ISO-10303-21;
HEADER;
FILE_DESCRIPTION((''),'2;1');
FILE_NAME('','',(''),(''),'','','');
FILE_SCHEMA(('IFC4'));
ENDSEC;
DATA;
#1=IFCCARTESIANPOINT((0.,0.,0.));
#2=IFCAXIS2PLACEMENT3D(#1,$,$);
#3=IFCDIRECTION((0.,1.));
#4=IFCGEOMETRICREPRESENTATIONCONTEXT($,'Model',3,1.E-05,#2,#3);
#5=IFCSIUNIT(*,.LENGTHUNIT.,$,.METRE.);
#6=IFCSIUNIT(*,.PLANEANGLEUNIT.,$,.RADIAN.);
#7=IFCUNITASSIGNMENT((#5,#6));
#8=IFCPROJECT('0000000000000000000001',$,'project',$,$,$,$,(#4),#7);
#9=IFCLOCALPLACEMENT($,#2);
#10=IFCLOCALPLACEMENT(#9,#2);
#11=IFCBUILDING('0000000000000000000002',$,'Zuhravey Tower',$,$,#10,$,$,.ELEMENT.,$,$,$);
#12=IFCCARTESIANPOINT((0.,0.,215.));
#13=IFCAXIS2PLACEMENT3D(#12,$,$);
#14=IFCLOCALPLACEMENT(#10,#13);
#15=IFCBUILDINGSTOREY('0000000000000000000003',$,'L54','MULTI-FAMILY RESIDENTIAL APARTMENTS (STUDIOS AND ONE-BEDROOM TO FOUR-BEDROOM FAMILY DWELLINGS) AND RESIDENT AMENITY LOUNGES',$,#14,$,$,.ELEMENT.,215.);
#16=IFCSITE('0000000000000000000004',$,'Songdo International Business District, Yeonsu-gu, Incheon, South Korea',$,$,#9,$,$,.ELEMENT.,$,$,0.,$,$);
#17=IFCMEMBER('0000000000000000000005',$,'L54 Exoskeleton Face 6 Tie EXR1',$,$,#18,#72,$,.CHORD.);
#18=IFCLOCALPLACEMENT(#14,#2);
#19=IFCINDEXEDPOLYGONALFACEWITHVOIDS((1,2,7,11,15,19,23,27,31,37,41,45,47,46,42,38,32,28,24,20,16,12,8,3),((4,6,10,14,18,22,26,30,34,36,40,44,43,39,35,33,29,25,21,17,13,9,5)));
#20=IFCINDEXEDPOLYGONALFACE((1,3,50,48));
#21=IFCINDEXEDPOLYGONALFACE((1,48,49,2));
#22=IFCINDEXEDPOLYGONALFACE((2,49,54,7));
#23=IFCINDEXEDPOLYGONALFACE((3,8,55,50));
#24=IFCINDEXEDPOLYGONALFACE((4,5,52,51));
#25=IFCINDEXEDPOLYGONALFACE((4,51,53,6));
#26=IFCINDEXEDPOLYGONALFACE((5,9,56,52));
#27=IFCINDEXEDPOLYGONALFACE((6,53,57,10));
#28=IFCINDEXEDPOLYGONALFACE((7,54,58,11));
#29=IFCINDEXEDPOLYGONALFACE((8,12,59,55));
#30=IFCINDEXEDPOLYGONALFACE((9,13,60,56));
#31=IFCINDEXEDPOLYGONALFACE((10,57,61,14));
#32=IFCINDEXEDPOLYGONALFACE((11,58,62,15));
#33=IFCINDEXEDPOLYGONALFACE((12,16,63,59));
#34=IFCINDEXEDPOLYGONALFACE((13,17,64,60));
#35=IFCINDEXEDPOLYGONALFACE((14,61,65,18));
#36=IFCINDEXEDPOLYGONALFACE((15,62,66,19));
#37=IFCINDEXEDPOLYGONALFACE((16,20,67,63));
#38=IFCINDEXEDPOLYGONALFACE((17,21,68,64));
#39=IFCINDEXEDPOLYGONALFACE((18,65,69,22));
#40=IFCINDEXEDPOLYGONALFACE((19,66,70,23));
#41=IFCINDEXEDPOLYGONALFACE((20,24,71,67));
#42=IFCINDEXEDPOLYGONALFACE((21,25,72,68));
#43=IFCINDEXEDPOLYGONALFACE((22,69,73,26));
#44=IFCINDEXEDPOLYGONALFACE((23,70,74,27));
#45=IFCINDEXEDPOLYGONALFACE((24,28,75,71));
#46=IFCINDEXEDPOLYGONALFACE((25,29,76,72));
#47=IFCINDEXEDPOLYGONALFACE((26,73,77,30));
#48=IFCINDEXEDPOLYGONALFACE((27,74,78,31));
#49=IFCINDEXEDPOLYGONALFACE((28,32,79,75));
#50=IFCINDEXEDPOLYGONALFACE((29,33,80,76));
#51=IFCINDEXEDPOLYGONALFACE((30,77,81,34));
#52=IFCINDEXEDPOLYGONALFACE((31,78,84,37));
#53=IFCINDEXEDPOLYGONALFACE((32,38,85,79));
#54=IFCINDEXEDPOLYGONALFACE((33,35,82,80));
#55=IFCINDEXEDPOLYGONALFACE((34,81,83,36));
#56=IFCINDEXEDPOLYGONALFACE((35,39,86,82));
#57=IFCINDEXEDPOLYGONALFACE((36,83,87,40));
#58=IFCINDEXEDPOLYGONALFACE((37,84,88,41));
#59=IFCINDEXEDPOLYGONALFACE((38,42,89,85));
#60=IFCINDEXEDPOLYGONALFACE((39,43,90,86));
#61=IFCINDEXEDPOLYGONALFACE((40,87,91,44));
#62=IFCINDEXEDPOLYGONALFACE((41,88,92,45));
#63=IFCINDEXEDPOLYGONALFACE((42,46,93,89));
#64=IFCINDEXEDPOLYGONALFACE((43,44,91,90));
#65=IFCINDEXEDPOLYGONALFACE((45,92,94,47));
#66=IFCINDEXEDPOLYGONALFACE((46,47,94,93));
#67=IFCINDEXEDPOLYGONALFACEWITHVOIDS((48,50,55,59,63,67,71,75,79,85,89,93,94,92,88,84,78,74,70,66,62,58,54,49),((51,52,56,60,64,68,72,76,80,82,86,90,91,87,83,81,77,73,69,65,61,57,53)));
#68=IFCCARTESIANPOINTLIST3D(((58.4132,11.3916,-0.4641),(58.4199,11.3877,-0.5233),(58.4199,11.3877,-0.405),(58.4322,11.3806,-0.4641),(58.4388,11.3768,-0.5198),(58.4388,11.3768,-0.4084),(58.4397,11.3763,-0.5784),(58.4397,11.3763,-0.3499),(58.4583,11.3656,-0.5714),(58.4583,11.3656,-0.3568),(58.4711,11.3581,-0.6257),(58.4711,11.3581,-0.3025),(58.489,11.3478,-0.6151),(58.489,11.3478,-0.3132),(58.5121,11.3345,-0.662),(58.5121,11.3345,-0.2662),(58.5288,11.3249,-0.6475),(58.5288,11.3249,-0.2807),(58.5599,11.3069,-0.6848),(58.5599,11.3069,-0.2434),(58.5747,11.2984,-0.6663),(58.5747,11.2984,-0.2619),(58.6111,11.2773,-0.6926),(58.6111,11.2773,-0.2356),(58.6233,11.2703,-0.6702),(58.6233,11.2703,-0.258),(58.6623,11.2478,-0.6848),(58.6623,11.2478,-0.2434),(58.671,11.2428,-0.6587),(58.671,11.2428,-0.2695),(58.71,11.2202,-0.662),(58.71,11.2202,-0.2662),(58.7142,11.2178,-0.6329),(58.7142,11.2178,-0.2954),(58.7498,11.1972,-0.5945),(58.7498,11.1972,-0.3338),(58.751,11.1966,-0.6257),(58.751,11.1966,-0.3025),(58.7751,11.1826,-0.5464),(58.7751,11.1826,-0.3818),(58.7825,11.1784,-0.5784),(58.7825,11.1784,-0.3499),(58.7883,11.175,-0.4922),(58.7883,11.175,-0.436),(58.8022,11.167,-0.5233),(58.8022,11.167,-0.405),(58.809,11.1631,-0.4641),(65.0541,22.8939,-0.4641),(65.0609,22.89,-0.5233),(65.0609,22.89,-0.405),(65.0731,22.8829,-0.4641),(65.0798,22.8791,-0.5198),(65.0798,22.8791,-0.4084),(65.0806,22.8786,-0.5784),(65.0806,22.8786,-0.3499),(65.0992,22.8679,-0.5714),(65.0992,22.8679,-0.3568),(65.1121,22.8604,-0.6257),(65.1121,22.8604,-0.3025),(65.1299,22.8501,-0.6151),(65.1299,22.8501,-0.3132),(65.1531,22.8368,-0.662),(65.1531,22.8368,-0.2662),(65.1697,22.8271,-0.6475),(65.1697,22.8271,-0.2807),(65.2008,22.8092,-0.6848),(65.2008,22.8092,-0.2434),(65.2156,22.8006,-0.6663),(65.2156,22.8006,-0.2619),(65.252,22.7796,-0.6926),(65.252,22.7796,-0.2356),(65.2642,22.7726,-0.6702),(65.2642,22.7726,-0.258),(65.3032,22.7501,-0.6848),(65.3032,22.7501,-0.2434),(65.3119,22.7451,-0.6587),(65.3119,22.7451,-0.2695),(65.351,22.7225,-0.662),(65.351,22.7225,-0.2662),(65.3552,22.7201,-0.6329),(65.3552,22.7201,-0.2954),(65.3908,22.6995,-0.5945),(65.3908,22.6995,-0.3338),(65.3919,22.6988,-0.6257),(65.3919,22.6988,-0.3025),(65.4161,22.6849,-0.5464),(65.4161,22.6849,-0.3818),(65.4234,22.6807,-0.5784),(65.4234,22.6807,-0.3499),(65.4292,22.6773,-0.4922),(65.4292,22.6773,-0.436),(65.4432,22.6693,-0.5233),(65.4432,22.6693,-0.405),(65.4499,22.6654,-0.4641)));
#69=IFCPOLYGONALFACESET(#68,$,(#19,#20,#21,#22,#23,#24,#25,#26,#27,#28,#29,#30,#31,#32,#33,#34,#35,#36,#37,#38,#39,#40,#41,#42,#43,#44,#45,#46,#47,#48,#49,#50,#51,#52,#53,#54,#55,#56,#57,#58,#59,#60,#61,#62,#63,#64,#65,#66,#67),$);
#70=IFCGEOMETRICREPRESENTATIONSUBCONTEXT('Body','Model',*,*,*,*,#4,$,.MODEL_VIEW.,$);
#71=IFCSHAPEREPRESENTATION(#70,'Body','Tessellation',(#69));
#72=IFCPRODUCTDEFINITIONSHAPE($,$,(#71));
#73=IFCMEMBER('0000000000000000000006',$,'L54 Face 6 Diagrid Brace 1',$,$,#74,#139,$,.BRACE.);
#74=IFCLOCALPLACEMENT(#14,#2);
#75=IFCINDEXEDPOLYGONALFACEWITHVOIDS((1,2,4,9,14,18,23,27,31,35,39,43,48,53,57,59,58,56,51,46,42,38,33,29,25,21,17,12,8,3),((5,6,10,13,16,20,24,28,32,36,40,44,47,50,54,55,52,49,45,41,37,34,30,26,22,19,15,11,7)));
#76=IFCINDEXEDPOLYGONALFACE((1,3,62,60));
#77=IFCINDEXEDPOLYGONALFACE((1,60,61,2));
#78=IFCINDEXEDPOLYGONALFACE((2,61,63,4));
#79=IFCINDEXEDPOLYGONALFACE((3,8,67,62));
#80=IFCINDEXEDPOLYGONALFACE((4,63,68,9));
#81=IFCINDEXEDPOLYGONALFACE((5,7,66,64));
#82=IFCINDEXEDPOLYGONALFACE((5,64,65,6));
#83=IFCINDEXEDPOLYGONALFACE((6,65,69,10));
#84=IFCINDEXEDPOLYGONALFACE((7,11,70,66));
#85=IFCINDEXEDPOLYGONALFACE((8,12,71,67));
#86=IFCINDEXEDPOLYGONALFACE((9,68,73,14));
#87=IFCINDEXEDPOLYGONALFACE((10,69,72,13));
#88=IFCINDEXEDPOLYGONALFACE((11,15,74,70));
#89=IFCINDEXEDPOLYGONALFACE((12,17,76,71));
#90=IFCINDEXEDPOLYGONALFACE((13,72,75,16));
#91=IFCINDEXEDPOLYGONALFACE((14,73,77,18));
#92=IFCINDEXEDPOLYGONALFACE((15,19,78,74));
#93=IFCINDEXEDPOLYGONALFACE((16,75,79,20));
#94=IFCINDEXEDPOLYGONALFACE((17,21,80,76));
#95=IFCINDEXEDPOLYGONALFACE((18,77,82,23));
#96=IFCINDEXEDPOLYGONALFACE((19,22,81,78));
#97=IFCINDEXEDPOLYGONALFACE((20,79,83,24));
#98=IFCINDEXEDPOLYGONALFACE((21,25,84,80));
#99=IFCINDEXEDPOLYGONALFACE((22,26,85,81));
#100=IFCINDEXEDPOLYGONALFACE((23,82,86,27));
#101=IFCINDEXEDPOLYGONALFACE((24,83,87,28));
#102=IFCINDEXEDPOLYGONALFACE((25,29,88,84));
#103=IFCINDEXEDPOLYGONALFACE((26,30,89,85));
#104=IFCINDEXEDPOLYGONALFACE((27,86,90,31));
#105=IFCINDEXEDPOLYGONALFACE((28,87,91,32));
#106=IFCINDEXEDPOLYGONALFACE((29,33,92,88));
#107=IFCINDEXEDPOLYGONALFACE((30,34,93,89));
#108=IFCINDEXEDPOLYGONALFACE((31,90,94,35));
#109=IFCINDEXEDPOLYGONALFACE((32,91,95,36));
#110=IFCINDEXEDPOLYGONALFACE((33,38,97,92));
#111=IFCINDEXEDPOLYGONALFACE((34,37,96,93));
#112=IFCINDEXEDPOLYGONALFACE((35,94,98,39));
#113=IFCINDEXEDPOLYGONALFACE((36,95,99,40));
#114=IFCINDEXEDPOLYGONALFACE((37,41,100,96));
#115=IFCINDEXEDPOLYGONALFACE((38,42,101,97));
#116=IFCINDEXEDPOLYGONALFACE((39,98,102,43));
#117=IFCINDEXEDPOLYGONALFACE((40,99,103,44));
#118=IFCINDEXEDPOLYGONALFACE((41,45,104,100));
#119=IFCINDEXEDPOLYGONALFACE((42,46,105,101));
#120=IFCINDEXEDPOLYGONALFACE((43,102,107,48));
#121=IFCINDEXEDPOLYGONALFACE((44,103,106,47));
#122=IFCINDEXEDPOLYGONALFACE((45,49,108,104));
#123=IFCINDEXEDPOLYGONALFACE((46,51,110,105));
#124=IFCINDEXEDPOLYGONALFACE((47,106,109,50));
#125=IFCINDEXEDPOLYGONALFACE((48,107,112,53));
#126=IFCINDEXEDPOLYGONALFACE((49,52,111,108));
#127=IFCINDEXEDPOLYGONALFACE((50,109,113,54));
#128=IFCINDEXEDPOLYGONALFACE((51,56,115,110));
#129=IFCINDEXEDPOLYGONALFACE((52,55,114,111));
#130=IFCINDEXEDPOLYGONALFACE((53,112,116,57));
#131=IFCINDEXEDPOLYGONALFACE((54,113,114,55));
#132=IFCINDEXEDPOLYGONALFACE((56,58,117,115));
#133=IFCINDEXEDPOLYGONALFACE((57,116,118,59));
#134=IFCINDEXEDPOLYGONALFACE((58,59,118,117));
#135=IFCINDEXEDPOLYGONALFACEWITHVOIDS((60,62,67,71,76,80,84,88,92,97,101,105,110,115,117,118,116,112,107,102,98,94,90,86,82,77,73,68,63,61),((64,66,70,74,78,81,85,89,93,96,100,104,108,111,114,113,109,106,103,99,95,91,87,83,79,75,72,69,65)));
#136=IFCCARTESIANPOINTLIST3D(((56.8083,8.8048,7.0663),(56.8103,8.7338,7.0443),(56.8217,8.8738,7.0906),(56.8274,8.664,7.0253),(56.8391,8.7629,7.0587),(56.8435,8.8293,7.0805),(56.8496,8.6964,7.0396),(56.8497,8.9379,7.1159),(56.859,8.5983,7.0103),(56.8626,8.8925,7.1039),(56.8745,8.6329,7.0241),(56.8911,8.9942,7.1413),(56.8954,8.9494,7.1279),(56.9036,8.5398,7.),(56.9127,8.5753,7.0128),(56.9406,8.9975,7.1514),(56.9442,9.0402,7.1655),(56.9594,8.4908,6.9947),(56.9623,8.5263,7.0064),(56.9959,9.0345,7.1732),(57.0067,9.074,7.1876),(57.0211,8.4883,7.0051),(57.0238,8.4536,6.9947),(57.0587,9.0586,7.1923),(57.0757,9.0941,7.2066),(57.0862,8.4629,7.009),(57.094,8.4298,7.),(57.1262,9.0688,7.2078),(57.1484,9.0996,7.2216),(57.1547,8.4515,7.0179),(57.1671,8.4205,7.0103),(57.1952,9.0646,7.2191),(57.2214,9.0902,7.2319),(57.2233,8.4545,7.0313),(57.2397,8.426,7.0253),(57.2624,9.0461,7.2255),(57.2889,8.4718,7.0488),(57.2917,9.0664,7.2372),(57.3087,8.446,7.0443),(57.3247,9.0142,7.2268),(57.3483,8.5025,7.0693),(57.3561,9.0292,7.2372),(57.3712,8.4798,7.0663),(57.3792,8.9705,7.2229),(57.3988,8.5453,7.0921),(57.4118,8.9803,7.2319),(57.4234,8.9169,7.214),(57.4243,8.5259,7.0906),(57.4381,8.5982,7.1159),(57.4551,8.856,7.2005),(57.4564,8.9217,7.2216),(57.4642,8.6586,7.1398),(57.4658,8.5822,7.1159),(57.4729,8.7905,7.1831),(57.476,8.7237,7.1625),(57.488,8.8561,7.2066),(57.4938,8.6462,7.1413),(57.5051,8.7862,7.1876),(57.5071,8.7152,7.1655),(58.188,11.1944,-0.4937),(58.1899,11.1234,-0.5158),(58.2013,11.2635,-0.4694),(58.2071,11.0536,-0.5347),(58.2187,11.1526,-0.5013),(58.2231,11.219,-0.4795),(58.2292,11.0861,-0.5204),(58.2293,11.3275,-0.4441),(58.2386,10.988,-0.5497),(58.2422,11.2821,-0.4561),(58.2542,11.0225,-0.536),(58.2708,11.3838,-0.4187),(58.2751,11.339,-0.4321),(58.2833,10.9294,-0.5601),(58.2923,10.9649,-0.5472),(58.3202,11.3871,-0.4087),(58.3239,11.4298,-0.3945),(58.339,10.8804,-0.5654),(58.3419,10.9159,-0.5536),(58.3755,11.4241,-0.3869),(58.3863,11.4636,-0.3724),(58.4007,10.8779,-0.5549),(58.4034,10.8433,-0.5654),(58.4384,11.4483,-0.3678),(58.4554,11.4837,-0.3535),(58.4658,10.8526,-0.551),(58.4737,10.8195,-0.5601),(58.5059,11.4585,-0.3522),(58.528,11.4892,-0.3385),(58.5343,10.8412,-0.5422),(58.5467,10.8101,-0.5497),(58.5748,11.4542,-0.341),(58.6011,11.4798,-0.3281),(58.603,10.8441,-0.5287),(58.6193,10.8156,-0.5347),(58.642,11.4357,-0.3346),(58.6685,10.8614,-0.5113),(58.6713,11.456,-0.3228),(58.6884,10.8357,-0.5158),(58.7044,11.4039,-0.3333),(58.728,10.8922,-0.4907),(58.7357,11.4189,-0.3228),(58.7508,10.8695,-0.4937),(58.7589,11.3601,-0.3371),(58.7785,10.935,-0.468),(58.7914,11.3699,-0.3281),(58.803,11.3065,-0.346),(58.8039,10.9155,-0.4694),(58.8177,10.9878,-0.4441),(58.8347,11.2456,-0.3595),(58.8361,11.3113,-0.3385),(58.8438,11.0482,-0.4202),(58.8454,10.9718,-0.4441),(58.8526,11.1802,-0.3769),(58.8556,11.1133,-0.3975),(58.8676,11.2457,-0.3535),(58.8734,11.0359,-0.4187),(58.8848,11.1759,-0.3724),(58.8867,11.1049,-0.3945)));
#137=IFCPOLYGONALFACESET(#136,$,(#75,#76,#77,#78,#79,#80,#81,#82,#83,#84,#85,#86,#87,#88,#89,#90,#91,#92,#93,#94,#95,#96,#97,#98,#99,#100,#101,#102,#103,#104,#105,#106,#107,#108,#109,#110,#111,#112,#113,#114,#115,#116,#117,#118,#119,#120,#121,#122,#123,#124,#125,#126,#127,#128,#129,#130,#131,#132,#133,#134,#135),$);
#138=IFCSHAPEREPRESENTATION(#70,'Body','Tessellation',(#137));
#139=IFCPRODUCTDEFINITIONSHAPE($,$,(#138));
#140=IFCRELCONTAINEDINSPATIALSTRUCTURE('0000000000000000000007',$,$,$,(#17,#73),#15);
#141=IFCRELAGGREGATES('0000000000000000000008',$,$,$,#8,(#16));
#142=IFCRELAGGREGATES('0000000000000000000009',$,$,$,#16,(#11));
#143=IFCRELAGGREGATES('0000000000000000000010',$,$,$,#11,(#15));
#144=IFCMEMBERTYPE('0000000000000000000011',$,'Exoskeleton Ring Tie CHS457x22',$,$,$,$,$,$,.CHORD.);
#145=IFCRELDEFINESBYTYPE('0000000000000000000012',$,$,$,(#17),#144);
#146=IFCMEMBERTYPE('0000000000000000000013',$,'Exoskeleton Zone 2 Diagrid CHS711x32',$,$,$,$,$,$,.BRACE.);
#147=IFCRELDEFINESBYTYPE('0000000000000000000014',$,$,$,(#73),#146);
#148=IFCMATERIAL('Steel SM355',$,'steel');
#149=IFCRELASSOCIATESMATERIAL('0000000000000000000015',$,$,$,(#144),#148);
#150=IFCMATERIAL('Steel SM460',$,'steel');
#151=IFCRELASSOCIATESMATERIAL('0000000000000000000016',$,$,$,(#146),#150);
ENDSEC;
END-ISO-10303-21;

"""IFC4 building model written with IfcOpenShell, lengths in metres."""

from ifc_helpers import new_model, si_unit, direction, frame, origin, origin_2d, place, context, subcontext, project, spatial, hollow_circle, extrude, material, material_profile, profile_set, type_object, element, save


model = new_model("IFC4")

# Units and contexts
model_context = context("Model", 3, precision=1e-05, world=origin(), true_north=direction((0.0, 1.0)))
body_context = subcontext(model_context, "Body", "Model", "MODEL_VIEW")
ifc_project = project(units=[si_unit("LENGTHUNIT", "METRE"), si_unit("PLANEANGLEUNIT", "RADIAN")], contexts=[model_context])

# Site, building, storey
site_placement = place(None, origin())
site = spatial("IfcSite", under=ifc_project, at=site_placement, Name="Songdo International Business District, Yeonsu-gu, Incheon, South Korea", CompositionType="ELEMENT", RefElevation=0.0)
building_placement = place(site_placement, origin())
building = spatial("IfcBuilding", under=site, at=building_placement, Name="Zuhravey Tower", CompositionType="ELEMENT")
storey_placement = place(building_placement, frame((0.0, 0.0, 215.0)))
storey = spatial("IfcBuildingStorey", under=building, at=storey_placement, Name="L54", Description="MULTI-FAMILY RESIDENTIAL APARTMENTS (STUDIOS AND ONE-BEDROOM TO FOUR-BEDROOM FAMILY DWELLINGS) AND RESIDENT AMENITY LOUNGES", CompositionType="ELEMENT", Elevation=215.0)

# Members
ifc_material_1 = material(Name="Steel SM355", Category="steel")
ifc_material_profile_1 = material_profile(ifc_material_1, hollow_circle(Radius=0.2285, WallThickness=0.022, at=origin_2d()), Name="CHS-457.2x22")
ifc_profile_set_1 = profile_set([ifc_material_profile_1], Name="Steel SM355")
member_type_1 = type_object("IfcMemberType", Name="Exoskeleton Ring Tie CHS457x22", PredefinedType="CHORD", material=ifc_profile_set_1)
member_1_placement = place(storey_placement, frame((58.6111, 11.2773, -0.4641), z_axis=(0.500004, 0.866023, 0.0), x_axis=(-0.866023, 0.500004, 0.0)))
element("IfcMember", 1, at=member_1_placement, inside=storey, type_object=member_type_1, Name="L54 Exoskeleton Face 6 Tie EXR1", PredefinedType="CHORD", context=body_context, shape_type="SweptSolid", body=[
    extrude(hollow_circle(Radius=0.2285, WallThickness=0.022, at=origin_2d()), origin(), (0.0, 0.0, 1.0), 13.2817),
])
ifc_material_2 = material(Name="Steel SM460", Category="steel")
ifc_material_profile_2 = material_profile(ifc_material_2, hollow_circle(Radius=0.3557, WallThickness=0.032, at=origin_2d()), Name="CHS-711.2x32")
ifc_profile_set_2 = profile_set([ifc_material_profile_2], Name="Steel SM460")
member_type_2 = type_object("IfcMemberType", Name="Exoskeleton Zone 2 Diagrid CHS711x32", PredefinedType="BRACE", material=ifc_profile_set_2)
member_2_placement = place(storey_placement, frame((58.5374, 11.1497, -0.4441), z_axis=(-0.171429, -0.296929, 0.939386), x_axis=(0.866029, -0.499993, 0.0)))
element("IfcMember", 2, at=member_2_placement, inside=storey, type_object=member_type_2, Name="L54 Face 6 Diagrid Brace 1", PredefinedType="BRACE", context=body_context, shape_type="SweptSolid", body=[
    extrude(hollow_circle(Radius=0.3557, WallThickness=0.032, at=origin_2d()), origin(), (0.0, 0.0, 1.0), 8.0479),
])

save(model, "model.ifc")
